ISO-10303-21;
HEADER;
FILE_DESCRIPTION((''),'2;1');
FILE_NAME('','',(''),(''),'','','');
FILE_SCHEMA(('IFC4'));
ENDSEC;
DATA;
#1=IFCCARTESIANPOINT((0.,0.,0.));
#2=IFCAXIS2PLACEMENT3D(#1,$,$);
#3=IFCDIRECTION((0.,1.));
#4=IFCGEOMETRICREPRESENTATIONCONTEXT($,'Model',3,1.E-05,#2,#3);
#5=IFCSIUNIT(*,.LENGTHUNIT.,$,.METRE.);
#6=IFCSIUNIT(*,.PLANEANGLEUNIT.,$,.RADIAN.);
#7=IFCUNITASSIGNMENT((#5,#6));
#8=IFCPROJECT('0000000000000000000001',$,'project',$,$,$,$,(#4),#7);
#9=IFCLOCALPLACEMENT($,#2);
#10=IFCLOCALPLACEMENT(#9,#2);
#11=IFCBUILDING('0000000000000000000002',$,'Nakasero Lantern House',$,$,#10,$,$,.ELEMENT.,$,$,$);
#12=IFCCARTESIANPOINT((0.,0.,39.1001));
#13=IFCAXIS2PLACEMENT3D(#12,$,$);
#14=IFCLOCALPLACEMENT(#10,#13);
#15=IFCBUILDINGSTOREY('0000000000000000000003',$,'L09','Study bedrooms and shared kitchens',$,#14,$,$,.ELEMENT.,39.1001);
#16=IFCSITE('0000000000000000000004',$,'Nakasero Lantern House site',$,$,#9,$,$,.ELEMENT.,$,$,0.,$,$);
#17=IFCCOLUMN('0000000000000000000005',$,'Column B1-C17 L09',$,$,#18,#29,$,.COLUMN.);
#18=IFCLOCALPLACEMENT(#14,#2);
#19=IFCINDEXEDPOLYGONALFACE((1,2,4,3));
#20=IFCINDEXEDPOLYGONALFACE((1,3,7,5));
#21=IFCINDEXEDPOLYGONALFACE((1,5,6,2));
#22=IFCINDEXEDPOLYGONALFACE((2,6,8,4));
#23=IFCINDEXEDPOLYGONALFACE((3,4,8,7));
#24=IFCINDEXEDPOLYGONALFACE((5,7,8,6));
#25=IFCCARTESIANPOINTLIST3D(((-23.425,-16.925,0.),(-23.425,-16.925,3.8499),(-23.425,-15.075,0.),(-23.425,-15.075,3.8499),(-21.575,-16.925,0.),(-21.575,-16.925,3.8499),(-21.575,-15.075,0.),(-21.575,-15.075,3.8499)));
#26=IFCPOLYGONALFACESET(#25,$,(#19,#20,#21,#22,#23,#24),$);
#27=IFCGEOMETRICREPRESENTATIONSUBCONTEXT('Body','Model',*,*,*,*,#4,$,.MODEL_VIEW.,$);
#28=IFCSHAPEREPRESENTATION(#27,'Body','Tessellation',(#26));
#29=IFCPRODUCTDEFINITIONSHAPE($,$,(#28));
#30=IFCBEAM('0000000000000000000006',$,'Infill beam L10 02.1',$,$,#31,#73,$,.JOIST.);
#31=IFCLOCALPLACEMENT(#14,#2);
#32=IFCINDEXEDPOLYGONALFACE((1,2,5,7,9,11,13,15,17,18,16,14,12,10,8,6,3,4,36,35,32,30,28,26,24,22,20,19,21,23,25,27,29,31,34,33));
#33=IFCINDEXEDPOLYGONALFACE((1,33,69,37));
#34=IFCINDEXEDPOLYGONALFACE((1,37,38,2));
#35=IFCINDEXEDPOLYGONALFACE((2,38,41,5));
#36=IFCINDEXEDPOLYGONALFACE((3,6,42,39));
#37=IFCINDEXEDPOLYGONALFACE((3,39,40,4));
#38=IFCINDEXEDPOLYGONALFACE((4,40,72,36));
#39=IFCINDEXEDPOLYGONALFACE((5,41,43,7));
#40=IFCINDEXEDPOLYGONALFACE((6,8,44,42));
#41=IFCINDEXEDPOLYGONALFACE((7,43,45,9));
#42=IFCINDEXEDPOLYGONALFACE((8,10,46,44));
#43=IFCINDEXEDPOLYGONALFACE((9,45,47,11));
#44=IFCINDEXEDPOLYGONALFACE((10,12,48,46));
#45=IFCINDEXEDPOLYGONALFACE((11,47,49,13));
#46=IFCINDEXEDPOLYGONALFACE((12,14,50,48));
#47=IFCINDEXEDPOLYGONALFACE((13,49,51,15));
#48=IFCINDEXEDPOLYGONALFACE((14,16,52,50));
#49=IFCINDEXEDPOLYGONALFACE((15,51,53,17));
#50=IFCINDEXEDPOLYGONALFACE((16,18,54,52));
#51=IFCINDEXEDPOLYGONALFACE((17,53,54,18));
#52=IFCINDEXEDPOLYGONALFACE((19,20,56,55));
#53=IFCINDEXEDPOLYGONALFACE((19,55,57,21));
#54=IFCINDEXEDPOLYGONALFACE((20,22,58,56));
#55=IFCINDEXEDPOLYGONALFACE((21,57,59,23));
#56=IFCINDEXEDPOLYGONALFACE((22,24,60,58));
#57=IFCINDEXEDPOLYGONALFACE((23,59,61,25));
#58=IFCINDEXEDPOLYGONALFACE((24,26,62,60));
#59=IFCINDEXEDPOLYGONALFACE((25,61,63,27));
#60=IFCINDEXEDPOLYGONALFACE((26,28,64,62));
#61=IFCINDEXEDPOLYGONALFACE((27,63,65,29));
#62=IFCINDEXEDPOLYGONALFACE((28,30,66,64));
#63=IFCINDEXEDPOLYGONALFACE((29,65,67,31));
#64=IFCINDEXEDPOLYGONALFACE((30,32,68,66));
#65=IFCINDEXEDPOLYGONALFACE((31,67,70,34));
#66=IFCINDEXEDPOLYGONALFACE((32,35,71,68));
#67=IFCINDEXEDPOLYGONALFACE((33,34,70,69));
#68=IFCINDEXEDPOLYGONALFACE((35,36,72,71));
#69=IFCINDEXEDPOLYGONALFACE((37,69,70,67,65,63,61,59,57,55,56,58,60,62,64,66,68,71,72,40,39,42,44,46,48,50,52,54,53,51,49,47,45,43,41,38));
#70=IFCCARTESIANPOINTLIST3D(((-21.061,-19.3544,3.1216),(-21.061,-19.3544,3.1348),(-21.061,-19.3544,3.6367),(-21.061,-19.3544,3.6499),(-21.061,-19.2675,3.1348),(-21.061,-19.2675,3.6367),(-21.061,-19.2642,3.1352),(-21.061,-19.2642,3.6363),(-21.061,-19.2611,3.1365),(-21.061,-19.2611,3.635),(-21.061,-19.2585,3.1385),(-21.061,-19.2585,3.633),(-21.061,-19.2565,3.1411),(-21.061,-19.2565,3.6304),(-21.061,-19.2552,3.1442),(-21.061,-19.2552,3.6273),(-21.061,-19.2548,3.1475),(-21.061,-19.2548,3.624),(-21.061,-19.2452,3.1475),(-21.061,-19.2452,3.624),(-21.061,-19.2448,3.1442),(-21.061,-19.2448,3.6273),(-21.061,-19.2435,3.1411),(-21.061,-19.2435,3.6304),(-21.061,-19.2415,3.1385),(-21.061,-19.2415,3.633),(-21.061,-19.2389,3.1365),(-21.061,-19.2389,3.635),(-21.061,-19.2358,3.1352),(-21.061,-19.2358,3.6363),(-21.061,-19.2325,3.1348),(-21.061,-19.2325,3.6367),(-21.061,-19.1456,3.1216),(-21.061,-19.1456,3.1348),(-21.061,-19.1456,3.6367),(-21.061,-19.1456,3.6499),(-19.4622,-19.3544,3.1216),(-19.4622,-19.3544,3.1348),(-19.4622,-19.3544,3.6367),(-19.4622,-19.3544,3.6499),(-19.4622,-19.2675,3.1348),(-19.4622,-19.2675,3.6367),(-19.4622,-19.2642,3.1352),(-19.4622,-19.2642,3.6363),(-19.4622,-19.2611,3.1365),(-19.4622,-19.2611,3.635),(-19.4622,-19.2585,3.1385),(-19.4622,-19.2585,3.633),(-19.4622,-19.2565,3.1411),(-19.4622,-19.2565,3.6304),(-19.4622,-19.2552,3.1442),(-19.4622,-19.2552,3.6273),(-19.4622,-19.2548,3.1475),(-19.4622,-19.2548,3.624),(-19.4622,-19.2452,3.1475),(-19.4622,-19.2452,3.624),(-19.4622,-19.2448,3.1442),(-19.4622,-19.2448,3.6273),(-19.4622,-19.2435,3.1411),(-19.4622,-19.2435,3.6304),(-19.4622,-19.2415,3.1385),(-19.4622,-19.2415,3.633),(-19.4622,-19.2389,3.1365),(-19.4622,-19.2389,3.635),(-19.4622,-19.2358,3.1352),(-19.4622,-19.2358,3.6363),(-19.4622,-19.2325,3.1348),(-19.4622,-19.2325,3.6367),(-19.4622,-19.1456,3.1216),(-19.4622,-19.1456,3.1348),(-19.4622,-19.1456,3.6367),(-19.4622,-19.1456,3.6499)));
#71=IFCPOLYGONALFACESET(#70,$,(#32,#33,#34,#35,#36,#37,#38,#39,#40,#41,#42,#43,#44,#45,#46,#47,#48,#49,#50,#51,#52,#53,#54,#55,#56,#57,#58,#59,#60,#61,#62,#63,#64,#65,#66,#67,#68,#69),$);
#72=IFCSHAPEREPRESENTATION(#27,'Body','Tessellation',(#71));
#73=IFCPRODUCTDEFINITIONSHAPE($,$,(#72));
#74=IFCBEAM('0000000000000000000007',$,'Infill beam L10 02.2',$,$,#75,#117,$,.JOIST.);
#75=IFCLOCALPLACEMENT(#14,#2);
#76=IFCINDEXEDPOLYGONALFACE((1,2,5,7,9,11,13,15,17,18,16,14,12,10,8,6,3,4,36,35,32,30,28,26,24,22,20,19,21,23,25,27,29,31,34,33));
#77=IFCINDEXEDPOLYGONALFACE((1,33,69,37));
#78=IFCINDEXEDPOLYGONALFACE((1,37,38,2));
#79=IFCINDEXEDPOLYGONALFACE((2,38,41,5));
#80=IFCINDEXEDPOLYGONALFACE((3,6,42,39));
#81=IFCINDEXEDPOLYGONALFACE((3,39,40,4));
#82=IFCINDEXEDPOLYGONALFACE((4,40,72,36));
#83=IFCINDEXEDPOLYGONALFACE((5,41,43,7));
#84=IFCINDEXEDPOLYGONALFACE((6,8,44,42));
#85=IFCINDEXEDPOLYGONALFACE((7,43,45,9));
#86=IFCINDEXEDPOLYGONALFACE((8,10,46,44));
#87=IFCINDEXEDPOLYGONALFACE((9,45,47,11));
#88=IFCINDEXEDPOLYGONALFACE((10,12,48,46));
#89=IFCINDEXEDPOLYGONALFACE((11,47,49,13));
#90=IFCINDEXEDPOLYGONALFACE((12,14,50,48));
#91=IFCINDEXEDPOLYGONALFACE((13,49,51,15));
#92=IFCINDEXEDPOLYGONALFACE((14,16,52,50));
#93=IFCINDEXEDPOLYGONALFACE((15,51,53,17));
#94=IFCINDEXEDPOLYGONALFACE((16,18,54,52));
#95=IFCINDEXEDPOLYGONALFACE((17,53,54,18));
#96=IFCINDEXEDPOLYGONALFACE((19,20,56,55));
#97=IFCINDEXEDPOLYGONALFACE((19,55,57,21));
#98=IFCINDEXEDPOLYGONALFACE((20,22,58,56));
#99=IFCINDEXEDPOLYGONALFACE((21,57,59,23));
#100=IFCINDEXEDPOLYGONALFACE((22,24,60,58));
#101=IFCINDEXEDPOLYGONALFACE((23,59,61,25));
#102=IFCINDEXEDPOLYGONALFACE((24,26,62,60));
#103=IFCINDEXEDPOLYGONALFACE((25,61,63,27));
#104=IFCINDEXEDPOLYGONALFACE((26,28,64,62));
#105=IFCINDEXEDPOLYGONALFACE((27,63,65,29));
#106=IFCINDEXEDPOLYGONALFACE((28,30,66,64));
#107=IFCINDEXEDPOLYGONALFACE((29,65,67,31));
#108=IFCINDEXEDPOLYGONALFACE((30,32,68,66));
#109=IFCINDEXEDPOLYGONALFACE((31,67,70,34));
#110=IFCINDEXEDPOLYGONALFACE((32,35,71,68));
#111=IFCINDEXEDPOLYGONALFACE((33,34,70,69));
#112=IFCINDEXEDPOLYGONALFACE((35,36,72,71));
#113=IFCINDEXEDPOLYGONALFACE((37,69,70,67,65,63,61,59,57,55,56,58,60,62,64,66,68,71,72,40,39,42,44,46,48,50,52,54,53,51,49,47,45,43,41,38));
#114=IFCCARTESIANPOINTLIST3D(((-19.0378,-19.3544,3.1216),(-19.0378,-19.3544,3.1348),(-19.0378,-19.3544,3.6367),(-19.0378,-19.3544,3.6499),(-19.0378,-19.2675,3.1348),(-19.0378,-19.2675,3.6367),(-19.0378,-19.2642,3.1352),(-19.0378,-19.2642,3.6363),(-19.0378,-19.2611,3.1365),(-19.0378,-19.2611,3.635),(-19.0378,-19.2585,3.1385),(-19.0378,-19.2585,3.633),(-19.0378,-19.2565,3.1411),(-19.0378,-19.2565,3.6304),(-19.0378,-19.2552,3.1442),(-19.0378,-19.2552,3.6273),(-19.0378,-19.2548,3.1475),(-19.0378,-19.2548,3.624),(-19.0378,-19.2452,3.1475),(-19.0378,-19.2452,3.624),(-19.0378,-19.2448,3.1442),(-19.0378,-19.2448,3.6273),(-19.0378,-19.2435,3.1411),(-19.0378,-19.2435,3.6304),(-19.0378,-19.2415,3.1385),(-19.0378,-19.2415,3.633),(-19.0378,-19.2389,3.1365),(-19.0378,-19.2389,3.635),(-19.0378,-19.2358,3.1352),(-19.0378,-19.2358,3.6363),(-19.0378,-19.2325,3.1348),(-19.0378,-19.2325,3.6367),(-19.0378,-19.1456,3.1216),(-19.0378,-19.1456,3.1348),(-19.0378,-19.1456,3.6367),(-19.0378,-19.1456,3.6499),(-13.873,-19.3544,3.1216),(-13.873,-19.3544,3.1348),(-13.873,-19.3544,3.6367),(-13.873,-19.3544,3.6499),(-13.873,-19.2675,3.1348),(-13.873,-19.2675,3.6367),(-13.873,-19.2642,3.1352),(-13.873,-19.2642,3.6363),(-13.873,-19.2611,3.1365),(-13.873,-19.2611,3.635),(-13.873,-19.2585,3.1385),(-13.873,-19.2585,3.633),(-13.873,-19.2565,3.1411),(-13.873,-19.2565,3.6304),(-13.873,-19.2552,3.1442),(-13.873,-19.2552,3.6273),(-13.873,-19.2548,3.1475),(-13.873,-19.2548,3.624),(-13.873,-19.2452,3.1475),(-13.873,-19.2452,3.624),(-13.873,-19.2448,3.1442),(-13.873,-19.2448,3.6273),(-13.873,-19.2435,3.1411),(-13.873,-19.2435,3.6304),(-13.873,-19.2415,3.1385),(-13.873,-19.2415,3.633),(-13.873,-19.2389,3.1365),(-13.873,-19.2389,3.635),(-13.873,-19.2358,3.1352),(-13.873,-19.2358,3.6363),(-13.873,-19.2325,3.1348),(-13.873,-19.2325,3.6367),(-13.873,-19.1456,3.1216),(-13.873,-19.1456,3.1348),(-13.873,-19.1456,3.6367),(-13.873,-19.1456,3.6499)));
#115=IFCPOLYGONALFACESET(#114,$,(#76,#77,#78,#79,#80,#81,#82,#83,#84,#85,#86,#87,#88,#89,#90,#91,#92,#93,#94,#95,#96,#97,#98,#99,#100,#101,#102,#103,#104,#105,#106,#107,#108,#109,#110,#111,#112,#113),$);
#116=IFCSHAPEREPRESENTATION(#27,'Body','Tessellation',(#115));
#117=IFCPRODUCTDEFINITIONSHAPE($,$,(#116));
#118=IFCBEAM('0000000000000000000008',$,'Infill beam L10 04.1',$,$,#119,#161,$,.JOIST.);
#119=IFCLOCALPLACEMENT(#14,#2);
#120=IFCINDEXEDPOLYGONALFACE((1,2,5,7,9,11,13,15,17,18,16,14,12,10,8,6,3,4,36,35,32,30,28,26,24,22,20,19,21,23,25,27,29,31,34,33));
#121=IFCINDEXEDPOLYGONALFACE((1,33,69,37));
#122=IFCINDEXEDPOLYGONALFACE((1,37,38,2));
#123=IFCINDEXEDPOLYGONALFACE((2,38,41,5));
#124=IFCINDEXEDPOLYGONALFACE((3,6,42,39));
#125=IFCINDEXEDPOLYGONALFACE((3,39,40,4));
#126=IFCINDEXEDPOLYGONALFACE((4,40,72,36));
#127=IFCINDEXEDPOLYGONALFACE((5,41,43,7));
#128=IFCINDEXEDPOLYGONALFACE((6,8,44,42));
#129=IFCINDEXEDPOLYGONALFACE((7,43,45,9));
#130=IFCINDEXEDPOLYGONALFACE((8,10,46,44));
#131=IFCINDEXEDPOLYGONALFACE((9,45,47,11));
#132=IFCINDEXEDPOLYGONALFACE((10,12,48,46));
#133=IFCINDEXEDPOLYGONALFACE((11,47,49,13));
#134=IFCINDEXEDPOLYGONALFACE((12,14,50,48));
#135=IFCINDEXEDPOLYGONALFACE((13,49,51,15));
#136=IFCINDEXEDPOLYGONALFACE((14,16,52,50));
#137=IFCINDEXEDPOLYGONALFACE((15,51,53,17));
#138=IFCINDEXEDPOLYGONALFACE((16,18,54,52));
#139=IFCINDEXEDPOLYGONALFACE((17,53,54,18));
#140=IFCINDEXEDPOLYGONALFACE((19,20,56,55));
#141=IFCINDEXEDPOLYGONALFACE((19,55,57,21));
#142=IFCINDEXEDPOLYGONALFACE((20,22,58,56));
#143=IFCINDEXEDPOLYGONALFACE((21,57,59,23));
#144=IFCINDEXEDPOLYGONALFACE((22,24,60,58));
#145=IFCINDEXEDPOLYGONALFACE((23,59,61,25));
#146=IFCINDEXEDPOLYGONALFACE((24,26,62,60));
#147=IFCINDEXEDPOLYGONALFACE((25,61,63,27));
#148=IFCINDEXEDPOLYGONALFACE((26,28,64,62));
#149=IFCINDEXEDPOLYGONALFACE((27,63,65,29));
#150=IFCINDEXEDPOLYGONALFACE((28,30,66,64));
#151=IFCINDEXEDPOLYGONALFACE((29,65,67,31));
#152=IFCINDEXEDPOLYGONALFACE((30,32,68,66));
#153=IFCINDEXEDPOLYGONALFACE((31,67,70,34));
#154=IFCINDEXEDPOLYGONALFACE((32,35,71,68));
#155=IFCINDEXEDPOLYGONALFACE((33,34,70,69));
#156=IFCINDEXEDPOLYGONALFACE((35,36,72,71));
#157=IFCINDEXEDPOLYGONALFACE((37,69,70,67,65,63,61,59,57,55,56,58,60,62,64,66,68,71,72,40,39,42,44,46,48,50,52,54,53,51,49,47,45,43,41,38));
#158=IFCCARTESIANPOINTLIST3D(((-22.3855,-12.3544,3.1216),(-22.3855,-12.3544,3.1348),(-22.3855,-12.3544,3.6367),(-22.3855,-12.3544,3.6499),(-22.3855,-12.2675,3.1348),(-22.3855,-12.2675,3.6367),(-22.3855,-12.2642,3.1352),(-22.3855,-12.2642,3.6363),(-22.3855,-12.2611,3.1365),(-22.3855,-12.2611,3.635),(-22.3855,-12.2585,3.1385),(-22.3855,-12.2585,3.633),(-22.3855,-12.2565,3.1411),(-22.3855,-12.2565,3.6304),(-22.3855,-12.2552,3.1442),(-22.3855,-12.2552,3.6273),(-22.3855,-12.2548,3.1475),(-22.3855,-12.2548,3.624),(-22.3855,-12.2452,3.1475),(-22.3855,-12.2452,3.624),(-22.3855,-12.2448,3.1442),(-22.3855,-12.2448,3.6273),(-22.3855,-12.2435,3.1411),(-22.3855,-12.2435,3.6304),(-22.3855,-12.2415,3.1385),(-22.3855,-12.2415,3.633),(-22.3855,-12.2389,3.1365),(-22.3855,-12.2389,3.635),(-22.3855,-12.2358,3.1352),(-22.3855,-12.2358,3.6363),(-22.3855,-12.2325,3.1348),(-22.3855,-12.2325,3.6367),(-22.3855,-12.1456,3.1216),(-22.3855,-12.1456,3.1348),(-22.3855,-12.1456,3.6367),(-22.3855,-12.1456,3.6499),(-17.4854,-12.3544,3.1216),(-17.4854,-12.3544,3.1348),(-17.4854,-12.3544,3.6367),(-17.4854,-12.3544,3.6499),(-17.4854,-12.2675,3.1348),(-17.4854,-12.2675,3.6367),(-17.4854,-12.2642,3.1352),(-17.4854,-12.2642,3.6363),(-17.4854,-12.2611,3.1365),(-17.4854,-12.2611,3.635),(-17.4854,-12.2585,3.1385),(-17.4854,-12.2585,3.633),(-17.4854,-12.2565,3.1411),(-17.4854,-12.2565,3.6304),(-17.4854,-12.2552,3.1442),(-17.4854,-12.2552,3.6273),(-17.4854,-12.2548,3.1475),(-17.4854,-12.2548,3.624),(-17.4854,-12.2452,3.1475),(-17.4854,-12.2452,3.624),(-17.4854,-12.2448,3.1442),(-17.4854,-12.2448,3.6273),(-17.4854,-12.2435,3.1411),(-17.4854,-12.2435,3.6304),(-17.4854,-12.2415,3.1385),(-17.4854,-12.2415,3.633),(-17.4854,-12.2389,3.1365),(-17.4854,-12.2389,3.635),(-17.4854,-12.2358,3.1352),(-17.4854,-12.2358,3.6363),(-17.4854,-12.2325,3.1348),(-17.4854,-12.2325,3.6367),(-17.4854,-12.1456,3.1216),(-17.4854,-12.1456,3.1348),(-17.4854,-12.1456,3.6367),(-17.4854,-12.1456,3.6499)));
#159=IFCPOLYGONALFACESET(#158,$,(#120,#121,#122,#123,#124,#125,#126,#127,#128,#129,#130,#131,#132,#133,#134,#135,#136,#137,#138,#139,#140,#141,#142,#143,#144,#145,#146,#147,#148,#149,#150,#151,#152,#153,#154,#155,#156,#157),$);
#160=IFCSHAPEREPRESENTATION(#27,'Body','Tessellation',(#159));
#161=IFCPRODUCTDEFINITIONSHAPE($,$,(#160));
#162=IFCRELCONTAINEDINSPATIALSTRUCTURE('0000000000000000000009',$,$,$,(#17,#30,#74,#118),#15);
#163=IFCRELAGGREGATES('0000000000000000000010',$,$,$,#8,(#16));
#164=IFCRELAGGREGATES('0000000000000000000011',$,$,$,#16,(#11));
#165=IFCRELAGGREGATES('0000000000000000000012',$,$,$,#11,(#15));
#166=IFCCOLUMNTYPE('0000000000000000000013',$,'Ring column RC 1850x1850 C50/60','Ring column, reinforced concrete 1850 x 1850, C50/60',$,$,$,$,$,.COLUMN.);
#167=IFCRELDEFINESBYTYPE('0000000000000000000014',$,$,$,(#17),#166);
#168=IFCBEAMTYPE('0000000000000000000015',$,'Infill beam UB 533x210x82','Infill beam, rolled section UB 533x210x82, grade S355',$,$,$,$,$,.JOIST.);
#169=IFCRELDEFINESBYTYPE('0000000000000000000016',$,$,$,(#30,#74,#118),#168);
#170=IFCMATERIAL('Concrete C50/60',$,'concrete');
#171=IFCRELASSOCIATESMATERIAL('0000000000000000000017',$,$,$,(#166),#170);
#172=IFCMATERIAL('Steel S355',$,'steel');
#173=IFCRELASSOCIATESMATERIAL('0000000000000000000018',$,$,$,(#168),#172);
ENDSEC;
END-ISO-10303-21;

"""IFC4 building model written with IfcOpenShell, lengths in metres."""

from ifc_helpers import new_model, si_unit, direction, frame, origin, origin_2d, place, context, subcontext, project, spatial, rectangle, i_section, extrude, material, material_profile, profile_set, type_object, element, save


model = new_model("IFC4")

# Units and contexts
model_context = context("Model", 3, precision=1e-05, world=origin(), true_north=direction((0.0, 1.0)))
body_context = subcontext(model_context, "Body", "Model", "MODEL_VIEW")
ifc_project = project(units=[si_unit("LENGTHUNIT", "METRE"), si_unit("PLANEANGLEUNIT", "RADIAN")], contexts=[model_context])

# Site, building, storey
site_placement = place(None, origin())
site = spatial("IfcSite", under=ifc_project, at=site_placement, Name="Nakasero Lantern House site", CompositionType="ELEMENT", RefElevation=0.0)
building_placement = place(site_placement, origin())
building = spatial("IfcBuilding", under=site, at=building_placement, Name="Nakasero Lantern House", CompositionType="ELEMENT")
storey_placement = place(building_placement, frame((0.0, 0.0, 39.1001)))
storey = spatial("IfcBuildingStorey", under=building, at=storey_placement, Name="L09", Description="Study bedrooms and shared kitchens", CompositionType="ELEMENT", Elevation=39.1001)

# Column
ifc_material_1 = material(Name="Concrete C50/60", Category="concrete")
ifc_material_profile_1 = material_profile(ifc_material_1, rectangle(XDim=1.8501, YDim=1.8501, at=origin_2d()), Name="RC 1850x1850")
ifc_profile_set_1 = profile_set([ifc_material_profile_1], Name="Concrete C50/60")
column_type = type_object("IfcColumnType", Name="Ring column RC 1850x1850 C50/60", Description="Ring column, reinforced concrete 1850 x 1850, C50/60", PredefinedType="COLUMN", material=ifc_profile_set_1)
column_placement = place(storey_placement, frame((-22.5, -16.0, 0.0), z_axis=(0.0, 0.0, 1.0), x_axis=(1.0, 0.0, 0.0)))
element("IfcColumn", 1, at=column_placement, inside=storey, type_object=column_type, Name="Column B1-C17 L09", PredefinedType="COLUMN", context=body_context, shape_type="SweptSolid", body=[
    extrude(rectangle(XDim=1.8501, YDim=1.8501, at=origin_2d()), origin(), (0.0, 0.0, 1.0), 3.8499),
])

# Beams
ifc_material_2 = material(Name="Steel S355", Category="steel")
ifc_material_profile_2 = material_profile(ifc_material_2, i_section(OverallWidth=0.2087, OverallDepth=0.5283, WebThickness=0.0095, FlangeThickness=0.0132, FilletRadius=0.0127, at=origin_2d()), Name="UB 533x210x82")
ifc_profile_set_2 = profile_set([ifc_material_profile_2], Name="Steel S355")
beam_type_1 = type_object("IfcBeamType", Name="Infill beam UB 533x210x82", Description="Infill beam, rolled section UB 533x210x82, grade S355", PredefinedType="JOIST", material=ifc_profile_set_2)
beam_1_placement = place(storey_placement, frame((-21.061, -19.25, 3.3857), z_axis=(1.0, 0.0, 0.0), x_axis=(0.0, 1.0, 0.0)))
element("IfcBeam", 2, at=beam_1_placement, inside=storey, type_object=beam_type_1, Name="Infill beam L10 02.1", PredefinedType="JOIST", context=body_context, shape_type="SweptSolid", body=[
    extrude(i_section(OverallWidth=0.2087, OverallDepth=0.5283, WebThickness=0.0095, FlangeThickness=0.0132, FilletRadius=0.0127, at=origin_2d()), origin(), (0.0, 0.0, 1.0), 1.5989),
])
beam_2_placement = place(storey_placement, frame((-19.0378, -19.25, 3.3857), z_axis=(1.0, 0.0, 0.0), x_axis=(0.0, 1.0, 0.0)))
element("IfcBeam", 3, at=beam_2_placement, inside=storey, type_object=beam_type_1, Name="Infill beam L10 02.2", PredefinedType="JOIST", context=body_context, shape_type="SweptSolid", body=[
    extrude(i_section(OverallWidth=0.2087, OverallDepth=0.5283, WebThickness=0.0095, FlangeThickness=0.0132, FilletRadius=0.0127, at=origin_2d()), origin(), (0.0, 0.0, 1.0), 5.1648),
])
beam_3_placement = place(storey_placement, frame((-22.3855, -12.25, 3.3857), z_axis=(1.0, 0.0, 0.0), x_axis=(0.0, 1.0, 0.0)))
element("IfcBeam", 4, at=beam_3_placement, inside=storey, type_object=beam_type_1, Name="Infill beam L10 04.1", PredefinedType="JOIST", context=body_context, shape_type="SweptSolid", body=[
    extrude(i_section(OverallWidth=0.2087, OverallDepth=0.5283, WebThickness=0.0095, FlangeThickness=0.0132, FilletRadius=0.0127, at=origin_2d()), origin(), (0.0, 0.0, 1.0), 4.9001),
])

save(model, "model.ifc")
